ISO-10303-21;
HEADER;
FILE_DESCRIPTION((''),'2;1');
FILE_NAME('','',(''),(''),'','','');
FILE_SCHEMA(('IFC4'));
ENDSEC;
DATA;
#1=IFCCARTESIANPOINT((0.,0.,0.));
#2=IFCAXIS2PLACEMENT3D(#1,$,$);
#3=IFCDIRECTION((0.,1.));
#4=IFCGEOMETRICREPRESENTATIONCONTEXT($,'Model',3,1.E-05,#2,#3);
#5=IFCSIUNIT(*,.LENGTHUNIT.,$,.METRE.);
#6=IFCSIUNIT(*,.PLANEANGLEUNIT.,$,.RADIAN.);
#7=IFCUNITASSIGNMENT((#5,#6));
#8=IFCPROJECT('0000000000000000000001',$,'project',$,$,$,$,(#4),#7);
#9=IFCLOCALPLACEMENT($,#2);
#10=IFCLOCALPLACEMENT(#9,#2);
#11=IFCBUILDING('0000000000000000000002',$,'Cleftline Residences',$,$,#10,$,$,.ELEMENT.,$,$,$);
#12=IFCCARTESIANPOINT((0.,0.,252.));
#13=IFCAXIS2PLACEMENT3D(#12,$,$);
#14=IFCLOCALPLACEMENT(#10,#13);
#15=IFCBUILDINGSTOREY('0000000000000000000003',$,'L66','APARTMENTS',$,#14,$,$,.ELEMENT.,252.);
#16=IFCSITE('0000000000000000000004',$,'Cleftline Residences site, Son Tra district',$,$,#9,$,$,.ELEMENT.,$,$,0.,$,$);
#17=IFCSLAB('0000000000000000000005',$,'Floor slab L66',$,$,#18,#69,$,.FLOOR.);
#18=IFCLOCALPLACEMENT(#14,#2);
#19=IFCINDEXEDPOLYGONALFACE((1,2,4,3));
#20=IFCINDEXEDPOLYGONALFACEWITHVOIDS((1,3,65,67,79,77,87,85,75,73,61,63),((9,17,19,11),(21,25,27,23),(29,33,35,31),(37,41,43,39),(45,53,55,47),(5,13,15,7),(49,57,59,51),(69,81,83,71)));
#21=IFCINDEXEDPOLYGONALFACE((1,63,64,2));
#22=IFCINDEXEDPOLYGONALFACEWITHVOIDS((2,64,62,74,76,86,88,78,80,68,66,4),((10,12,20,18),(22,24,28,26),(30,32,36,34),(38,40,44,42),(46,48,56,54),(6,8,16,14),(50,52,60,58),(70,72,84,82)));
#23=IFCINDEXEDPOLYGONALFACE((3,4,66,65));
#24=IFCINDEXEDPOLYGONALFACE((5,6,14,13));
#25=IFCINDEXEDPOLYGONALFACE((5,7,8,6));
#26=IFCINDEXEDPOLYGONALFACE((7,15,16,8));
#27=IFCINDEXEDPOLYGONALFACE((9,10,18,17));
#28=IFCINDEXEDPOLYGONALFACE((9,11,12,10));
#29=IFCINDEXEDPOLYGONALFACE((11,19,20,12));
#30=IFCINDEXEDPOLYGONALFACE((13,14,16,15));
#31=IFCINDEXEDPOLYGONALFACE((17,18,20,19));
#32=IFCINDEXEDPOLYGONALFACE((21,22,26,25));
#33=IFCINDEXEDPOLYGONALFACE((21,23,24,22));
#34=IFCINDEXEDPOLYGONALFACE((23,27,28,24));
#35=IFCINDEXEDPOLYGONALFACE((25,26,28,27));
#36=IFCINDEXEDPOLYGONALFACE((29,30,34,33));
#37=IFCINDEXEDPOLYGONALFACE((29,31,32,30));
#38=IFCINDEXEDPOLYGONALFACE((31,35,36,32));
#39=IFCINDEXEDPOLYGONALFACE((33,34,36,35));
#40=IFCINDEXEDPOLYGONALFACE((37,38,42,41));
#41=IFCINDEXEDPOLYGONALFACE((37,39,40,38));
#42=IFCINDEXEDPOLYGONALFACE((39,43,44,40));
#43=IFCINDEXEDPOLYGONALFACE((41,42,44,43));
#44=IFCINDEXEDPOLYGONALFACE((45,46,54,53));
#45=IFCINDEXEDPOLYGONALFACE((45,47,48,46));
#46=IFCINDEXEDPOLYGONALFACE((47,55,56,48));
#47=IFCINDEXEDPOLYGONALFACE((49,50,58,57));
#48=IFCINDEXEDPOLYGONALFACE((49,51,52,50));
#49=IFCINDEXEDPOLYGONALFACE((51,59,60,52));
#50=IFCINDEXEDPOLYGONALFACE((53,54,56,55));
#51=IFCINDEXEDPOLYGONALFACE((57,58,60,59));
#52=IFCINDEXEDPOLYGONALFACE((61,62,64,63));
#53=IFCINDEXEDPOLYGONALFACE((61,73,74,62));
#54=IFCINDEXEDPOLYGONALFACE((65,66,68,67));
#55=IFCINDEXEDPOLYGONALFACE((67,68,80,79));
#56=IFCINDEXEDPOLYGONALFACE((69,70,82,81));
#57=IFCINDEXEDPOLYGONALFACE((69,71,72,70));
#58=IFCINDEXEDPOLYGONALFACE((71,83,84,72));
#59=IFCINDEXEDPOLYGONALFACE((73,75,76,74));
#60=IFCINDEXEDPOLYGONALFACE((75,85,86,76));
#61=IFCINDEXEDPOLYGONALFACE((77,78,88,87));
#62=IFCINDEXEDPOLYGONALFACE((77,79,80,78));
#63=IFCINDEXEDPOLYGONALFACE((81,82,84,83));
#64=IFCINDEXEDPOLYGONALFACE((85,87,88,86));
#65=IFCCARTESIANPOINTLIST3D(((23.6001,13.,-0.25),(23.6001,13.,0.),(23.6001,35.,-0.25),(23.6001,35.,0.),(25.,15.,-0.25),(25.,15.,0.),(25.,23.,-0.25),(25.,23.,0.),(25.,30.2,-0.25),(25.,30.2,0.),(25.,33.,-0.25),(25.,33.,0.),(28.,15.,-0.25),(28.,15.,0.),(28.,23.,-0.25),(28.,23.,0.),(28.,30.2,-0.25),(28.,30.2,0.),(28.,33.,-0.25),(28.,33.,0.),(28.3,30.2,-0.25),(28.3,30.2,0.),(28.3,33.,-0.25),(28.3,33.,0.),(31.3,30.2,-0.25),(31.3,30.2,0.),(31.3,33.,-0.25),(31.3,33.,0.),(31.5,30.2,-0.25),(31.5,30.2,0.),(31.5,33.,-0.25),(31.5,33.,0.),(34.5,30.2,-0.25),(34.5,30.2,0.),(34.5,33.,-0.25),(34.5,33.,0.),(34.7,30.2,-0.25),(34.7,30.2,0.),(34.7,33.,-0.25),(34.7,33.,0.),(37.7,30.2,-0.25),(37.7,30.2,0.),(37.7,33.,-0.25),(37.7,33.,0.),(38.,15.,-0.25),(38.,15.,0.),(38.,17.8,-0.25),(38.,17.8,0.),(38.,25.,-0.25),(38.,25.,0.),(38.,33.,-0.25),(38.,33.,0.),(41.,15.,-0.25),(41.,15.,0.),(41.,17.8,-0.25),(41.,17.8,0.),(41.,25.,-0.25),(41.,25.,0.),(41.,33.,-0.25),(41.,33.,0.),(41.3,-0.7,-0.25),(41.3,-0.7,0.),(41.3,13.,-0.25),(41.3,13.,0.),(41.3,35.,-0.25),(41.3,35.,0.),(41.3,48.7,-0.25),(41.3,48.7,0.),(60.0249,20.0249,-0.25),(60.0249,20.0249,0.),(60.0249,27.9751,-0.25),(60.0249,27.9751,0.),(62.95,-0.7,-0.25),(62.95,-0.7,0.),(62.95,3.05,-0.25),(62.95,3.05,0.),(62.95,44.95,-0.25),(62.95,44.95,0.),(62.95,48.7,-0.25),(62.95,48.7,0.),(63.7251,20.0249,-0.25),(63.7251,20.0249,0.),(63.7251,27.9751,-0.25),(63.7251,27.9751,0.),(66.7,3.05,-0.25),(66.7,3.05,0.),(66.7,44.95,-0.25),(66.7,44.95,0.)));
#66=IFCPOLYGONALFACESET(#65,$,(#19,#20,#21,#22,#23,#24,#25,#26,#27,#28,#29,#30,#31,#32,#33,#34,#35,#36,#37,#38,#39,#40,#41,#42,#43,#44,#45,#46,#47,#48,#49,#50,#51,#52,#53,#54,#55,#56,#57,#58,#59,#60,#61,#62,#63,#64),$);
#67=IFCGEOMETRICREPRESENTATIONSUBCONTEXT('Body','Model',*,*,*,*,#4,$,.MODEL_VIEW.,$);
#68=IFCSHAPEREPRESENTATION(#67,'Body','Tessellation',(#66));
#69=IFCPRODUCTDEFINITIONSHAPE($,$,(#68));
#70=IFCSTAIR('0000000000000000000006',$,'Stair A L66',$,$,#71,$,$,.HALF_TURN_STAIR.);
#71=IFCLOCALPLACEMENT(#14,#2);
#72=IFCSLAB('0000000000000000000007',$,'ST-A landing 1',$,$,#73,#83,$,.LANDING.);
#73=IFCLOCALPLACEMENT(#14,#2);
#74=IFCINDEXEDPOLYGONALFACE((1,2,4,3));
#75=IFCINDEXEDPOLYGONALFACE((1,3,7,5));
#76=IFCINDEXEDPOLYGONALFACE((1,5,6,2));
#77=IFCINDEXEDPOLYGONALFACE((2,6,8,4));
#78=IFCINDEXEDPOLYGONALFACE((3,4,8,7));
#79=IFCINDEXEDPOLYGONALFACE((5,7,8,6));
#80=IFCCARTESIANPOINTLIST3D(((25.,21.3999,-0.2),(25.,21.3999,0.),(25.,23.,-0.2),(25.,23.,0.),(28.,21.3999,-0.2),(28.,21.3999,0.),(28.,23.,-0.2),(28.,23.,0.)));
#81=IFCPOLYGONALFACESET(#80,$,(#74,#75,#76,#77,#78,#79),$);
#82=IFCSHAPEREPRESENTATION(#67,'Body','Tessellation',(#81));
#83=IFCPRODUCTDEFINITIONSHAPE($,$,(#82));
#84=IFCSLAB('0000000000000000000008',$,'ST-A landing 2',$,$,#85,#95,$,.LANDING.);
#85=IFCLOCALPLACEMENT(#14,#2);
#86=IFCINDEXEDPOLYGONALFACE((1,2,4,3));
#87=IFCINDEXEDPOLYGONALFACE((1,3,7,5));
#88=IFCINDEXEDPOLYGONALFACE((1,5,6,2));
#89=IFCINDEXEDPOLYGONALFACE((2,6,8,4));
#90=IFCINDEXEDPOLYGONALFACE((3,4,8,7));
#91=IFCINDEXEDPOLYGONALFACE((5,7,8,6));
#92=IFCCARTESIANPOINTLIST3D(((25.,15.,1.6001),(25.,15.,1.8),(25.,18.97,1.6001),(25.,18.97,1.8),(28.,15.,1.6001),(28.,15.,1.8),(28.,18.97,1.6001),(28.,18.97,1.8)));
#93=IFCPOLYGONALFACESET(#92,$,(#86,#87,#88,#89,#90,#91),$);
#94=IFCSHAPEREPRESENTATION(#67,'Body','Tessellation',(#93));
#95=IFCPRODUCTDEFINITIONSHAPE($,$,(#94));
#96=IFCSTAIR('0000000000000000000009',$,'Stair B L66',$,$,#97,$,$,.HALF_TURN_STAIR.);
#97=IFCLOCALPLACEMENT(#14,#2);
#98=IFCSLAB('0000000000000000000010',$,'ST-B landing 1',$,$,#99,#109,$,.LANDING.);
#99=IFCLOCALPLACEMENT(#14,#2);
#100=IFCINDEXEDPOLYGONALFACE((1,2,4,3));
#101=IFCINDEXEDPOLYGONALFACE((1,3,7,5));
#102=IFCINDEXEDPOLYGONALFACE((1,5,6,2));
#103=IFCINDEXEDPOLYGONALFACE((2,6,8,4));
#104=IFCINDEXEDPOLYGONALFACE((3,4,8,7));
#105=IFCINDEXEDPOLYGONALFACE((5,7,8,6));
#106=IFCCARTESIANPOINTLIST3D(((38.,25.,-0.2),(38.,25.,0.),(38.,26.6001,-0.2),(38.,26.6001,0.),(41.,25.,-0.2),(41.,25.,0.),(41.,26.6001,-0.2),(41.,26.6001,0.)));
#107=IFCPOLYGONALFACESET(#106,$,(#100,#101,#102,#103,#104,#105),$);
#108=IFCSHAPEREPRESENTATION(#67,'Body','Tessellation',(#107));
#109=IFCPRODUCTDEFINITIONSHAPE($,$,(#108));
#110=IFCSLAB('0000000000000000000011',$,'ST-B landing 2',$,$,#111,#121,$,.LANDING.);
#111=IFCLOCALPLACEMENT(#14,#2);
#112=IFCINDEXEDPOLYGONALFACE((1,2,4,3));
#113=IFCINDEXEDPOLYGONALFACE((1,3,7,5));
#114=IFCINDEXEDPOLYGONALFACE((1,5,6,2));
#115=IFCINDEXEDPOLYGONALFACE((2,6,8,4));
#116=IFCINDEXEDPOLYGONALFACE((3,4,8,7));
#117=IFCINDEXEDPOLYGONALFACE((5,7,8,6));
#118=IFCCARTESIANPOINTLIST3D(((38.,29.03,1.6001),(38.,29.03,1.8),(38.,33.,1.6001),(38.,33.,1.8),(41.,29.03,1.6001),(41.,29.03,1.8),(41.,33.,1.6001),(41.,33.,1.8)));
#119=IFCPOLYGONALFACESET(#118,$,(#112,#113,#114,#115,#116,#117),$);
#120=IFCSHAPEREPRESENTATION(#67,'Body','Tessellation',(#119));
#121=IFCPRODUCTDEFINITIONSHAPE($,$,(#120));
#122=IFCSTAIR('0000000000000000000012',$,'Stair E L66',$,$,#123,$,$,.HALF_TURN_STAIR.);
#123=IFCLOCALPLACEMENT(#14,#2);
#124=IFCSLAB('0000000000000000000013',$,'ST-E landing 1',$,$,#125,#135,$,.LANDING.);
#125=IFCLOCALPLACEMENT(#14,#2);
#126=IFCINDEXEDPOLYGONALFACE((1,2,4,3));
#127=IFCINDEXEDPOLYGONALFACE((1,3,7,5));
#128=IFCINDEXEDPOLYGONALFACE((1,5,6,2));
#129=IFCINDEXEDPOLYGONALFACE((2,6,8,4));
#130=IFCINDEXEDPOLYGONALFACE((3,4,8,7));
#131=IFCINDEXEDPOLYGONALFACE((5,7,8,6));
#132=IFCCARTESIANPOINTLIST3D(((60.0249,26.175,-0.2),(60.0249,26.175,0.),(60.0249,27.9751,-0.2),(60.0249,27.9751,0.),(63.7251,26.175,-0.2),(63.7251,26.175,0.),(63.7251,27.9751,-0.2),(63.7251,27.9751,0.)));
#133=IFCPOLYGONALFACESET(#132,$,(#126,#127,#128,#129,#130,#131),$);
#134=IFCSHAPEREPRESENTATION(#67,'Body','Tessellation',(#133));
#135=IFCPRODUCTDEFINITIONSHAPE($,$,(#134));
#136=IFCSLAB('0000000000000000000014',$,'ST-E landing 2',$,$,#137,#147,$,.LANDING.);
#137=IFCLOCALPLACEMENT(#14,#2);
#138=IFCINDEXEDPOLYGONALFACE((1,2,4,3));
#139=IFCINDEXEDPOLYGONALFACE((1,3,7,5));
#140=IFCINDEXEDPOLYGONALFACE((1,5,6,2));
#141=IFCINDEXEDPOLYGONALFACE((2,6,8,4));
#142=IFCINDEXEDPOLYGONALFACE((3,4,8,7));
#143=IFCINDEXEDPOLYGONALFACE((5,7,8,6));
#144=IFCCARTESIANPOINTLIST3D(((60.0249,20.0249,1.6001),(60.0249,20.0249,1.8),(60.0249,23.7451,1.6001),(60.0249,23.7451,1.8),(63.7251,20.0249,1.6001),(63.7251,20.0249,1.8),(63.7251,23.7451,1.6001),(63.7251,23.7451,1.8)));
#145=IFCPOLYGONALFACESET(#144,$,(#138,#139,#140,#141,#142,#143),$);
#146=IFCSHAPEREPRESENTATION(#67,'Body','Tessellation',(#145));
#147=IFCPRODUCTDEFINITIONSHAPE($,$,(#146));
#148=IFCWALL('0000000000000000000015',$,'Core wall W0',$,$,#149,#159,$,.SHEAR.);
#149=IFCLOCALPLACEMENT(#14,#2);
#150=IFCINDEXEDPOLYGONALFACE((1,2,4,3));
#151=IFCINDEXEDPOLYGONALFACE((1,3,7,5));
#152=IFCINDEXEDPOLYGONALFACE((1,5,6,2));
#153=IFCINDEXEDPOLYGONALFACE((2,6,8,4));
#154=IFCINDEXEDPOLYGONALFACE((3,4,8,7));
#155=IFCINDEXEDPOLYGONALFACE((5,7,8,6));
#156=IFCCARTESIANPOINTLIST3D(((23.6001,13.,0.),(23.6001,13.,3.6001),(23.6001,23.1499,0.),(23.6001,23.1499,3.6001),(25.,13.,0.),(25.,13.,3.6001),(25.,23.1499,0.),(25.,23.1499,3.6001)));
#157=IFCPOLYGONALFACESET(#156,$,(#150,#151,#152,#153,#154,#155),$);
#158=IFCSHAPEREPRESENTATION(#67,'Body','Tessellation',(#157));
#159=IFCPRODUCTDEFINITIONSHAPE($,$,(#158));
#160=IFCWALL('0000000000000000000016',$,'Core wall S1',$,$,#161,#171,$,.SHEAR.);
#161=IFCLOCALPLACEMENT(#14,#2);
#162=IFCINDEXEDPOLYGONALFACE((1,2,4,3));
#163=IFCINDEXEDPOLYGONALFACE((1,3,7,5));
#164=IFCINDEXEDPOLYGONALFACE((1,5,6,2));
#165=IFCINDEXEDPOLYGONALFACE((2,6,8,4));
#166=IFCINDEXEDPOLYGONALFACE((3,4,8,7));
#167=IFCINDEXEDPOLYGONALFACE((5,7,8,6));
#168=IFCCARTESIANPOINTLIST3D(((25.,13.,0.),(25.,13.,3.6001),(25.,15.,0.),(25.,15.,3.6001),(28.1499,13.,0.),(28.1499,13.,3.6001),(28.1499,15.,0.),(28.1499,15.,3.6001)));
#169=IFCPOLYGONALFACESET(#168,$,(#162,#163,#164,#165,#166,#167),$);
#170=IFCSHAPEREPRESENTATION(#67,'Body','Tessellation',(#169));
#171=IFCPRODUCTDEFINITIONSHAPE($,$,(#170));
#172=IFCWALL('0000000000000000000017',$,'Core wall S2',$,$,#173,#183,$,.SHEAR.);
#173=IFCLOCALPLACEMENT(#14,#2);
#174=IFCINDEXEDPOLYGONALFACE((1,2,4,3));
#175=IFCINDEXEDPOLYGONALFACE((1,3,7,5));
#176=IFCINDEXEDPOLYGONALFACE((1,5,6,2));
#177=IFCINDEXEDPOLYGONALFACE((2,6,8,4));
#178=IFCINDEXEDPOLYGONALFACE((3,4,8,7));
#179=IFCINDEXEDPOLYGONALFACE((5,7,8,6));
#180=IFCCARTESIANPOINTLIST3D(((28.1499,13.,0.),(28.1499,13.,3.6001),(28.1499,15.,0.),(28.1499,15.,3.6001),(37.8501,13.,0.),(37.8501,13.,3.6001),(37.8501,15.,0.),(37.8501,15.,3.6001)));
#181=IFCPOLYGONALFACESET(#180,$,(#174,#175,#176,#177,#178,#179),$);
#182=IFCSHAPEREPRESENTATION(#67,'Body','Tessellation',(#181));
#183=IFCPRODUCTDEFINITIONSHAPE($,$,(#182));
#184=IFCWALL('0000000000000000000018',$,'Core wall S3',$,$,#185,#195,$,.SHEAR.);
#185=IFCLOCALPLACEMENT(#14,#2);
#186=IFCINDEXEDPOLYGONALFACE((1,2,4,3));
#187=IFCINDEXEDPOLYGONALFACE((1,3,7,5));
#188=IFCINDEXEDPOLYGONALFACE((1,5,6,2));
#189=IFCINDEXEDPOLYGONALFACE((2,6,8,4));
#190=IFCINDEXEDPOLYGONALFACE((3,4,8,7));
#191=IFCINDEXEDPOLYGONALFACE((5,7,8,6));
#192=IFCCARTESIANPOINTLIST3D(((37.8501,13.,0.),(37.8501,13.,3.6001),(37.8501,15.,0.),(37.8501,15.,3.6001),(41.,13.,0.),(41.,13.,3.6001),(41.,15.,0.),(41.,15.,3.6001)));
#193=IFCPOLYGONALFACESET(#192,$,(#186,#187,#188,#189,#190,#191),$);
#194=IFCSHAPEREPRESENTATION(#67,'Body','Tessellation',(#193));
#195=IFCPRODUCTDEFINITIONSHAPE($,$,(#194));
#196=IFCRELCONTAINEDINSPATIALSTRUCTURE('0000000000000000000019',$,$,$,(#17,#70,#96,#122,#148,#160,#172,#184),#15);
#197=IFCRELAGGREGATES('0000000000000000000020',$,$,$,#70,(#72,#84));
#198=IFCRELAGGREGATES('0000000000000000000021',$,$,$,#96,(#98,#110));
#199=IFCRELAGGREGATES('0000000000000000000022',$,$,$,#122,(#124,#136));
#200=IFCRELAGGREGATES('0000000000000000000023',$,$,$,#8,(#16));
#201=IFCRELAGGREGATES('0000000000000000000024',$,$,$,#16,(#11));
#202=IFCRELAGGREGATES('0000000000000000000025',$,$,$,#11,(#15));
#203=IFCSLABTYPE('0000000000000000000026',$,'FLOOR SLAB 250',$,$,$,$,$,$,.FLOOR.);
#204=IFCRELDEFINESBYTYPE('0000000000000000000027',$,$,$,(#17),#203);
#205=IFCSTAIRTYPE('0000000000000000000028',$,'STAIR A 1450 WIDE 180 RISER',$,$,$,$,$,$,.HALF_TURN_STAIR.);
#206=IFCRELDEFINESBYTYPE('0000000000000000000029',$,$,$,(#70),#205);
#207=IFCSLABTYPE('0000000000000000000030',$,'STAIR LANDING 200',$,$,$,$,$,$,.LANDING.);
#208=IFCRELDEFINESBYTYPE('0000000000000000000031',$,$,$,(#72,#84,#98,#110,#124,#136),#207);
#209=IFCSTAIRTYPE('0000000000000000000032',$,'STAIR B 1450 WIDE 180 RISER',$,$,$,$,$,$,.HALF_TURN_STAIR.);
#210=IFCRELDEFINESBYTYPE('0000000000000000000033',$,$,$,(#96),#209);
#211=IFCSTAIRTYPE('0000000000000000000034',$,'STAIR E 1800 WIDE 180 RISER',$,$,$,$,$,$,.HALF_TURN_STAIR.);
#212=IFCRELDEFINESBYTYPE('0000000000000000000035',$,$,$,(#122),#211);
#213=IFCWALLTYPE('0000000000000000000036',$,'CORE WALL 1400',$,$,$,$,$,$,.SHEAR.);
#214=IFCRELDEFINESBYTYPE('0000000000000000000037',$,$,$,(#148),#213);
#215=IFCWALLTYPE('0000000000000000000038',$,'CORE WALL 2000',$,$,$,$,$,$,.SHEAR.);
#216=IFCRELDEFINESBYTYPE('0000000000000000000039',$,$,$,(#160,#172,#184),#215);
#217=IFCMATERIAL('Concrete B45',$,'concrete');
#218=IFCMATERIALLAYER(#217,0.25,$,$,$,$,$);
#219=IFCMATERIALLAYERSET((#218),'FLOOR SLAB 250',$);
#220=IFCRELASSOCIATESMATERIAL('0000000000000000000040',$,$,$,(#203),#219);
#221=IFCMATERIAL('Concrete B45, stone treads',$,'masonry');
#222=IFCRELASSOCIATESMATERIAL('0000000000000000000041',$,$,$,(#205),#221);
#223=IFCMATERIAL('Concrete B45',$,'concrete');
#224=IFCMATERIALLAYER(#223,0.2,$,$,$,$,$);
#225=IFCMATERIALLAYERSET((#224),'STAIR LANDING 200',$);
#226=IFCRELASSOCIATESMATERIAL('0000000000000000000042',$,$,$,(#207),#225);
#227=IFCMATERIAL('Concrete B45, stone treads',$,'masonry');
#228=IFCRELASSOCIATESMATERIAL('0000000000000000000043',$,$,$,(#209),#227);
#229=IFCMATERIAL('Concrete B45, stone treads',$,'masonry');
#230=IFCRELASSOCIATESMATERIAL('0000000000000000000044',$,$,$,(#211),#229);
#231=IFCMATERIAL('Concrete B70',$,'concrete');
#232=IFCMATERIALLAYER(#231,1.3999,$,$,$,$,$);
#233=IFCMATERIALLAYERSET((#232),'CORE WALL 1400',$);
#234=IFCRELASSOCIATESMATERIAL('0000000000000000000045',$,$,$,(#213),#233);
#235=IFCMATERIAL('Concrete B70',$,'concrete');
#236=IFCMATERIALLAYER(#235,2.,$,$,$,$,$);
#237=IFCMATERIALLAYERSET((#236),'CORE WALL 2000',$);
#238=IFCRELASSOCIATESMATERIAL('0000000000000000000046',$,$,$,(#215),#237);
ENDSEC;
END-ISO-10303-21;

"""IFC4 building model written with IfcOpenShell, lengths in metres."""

from ifc_helpers import new_model, si_unit, direction, frame, frame_2d, origin, place, context, subcontext, project, spatial, polyline, rectangle, outline, extrude, material, layer, layer_set, type_object, element, aggregate, save


model = new_model("IFC4")

# Units and contexts
model_context = context("Model", 3, precision=1e-05, world=origin(), true_north=direction((0.0, 1.0)))
body_context = subcontext(model_context, "Body", "Model", "MODEL_VIEW")
ifc_project = project(units=[si_unit("LENGTHUNIT", "METRE"), si_unit("PLANEANGLEUNIT", "RADIAN")], contexts=[model_context])

# Site, building, storey
site_placement = place(None, origin())
site = spatial("IfcSite", under=ifc_project, at=site_placement, Name="Cleftline Residences site, Son Tra district", CompositionType="ELEMENT", RefElevation=0.0)
building_placement = place(site_placement, origin())
building = spatial("IfcBuilding", under=site, at=building_placement, Name="Cleftline Residences", CompositionType="ELEMENT")
storey_placement = place(building_placement, frame((0.0, 0.0, 252.0)))
storey = spatial("IfcBuildingStorey", under=building, at=storey_placement, Name="L66", Description="APARTMENTS", CompositionType="ELEMENT", Elevation=252.0)

# Slab
ifc_material_1 = material(Name="Concrete B45", Category="concrete")
ifc_layer_1 = layer(ifc_material_1, 0.25)
ifc_layer_set_1 = layer_set([ifc_layer_1], Name="FLOOR SLAB 250")
slab_type_1 = type_object("IfcSlabType", Name="FLOOR SLAB 250", PredefinedType="FLOOR", material=ifc_layer_set_1)
slab_1_placement = place(storey_placement, frame((0.0, 0.0, -0.25)))
element("IfcSlab", 1, at=slab_1_placement, inside=storey, type_object=slab_type_1, Name="Floor slab L66", PredefinedType="FLOOR", context=body_context, shape_type="SweptSolid", body=[
    extrude(outline(polyline([(41.3, 13.0), (41.3, -0.7), (62.95, -0.7), (62.95, 3.05), (66.7, 3.05), (66.7, 44.95), (62.95, 44.95), (62.95, 48.7), (41.3, 48.7), (41.3, 35.0), (23.6001, 35.0), (23.6001, 13.0), (41.3, 13.0)]), holes=[polyline([(28.0, 15.0), (28.0, 23.0), (25.0, 23.0), (25.0, 15.0), (28.0, 15.0)]), polyline([(41.0, 25.0), (41.0, 33.0), (38.0, 33.0), (38.0, 25.0), (41.0, 25.0)]), polyline([(28.0, 30.2), (28.0, 33.0), (25.0, 33.0), (25.0, 30.2), (28.0, 30.2)]), polyline([(41.0, 15.0), (41.0, 17.8), (38.0, 17.8), (38.0, 15.0), (41.0, 15.0)]), polyline([(31.3, 30.2), (31.3, 33.0), (28.3, 33.0), (28.3, 30.2), (31.3, 30.2)]), polyline([(34.5, 30.2), (34.5, 33.0), (31.5, 33.0), (31.5, 30.2), (34.5, 30.2)]), polyline([(37.7, 30.2), (37.7, 33.0), (34.7, 33.0), (34.7, 30.2), (37.7, 30.2)]), polyline([(63.7251, 20.0249), (63.7251, 27.9751), (60.0249, 27.9751), (60.0249, 20.0249), (63.7251, 20.0249)])]), origin(), (0.0, 0.0, 1.0), 0.25),
])

# Stairs, slabs
ifc_material_2 = material(Name="Concrete B45, stone treads", Category="masonry")
stair_type_1 = type_object("IfcStairType", Name="STAIR A 1450 WIDE 180 RISER", PredefinedType="HALF_TURN_STAIR", material=ifc_material_2)
stair_1_placement = place(storey_placement, origin())
stair_1 = element("IfcStair", 2, at=stair_1_placement, inside=storey, type_object=stair_type_1, Name="Stair A L66", PredefinedType="HALF_TURN_STAIR")
ifc_material_3 = material(Name="Concrete B45", Category="concrete")
ifc_layer_2 = layer(ifc_material_3, 0.2)
ifc_layer_set_2 = layer_set([ifc_layer_2], Name="STAIR LANDING 200")
slab_type_2 = type_object("IfcSlabType", Name="STAIR LANDING 200", PredefinedType="LANDING", material=ifc_layer_set_2)
slab_2_placement = place(storey_placement, frame((0.0, 0.0, -0.2)))
slab_2 = element("IfcSlab", 3, at=slab_2_placement, type_object=slab_type_2, Name="ST-A landing 1", PredefinedType="LANDING", context=body_context, shape_type="SweptSolid", body=[
    extrude(outline(polyline([(25.0, 21.3999), (28.0, 21.3999), (28.0, 23.0), (25.0, 23.0), (25.0, 21.3999)])), origin(), (0.0, 0.0, 1.0), 0.2),
])
slab_3_placement = place(storey_placement, frame((0.0, 0.0, 1.6001)))
slab_3 = element("IfcSlab", 4, at=slab_3_placement, type_object=slab_type_2, Name="ST-A landing 2", PredefinedType="LANDING", context=body_context, shape_type="SweptSolid", body=[
    extrude(outline(polyline([(25.0, 15.0), (28.0, 15.0), (28.0, 18.97), (25.0, 18.97), (25.0, 15.0)])), origin(), (0.0, 0.0, 1.0), 0.2),
])
aggregate(stair_1, [slab_2, slab_3])
ifc_material_4 = material(Name="Concrete B45, stone treads", Category="masonry")
stair_type_2 = type_object("IfcStairType", Name="STAIR B 1450 WIDE 180 RISER", PredefinedType="HALF_TURN_STAIR", material=ifc_material_4)
stair_2_placement = place(storey_placement, origin())
stair_2 = element("IfcStair", 5, at=stair_2_placement, inside=storey, type_object=stair_type_2, Name="Stair B L66", PredefinedType="HALF_TURN_STAIR")
slab_4_placement = place(storey_placement, frame((0.0, 0.0, -0.2)))
slab_4 = element("IfcSlab", 6, at=slab_4_placement, type_object=slab_type_2, Name="ST-B landing 1", PredefinedType="LANDING", context=body_context, shape_type="SweptSolid", body=[
    extrude(outline(polyline([(38.0, 25.0), (41.0, 25.0), (41.0, 26.6001), (38.0, 26.6001), (38.0, 25.0)])), origin(), (0.0, 0.0, 1.0), 0.2),
])
slab_5_placement = place(storey_placement, frame((0.0, 0.0, 1.6001)))
slab_5 = element("IfcSlab", 7, at=slab_5_placement, type_object=slab_type_2, Name="ST-B landing 2", PredefinedType="LANDING", context=body_context, shape_type="SweptSolid", body=[
    extrude(outline(polyline([(38.0, 29.03), (41.0, 29.03), (41.0, 33.0), (38.0, 33.0), (38.0, 29.03)])), origin(), (0.0, 0.0, 1.0), 0.2),
])
aggregate(stair_2, [slab_4, slab_5])
ifc_material_5 = material(Name="Concrete B45, stone treads", Category="masonry")
stair_type_3 = type_object("IfcStairType", Name="STAIR E 1800 WIDE 180 RISER", PredefinedType="HALF_TURN_STAIR", material=ifc_material_5)
stair_3_placement = place(storey_placement, origin())
stair_3 = element("IfcStair", 8, at=stair_3_placement, inside=storey, type_object=stair_type_3, Name="Stair E L66", PredefinedType="HALF_TURN_STAIR")
slab_6_placement = place(storey_placement, frame((0.0, 0.0, -0.2)))
slab_6 = element("IfcSlab", 9, at=slab_6_placement, type_object=slab_type_2, Name="ST-E landing 1", PredefinedType="LANDING", context=body_context, shape_type="SweptSolid", body=[
    extrude(outline(polyline([(60.0249, 26.175), (63.7251, 26.175), (63.7251, 27.9751), (60.0249, 27.9751), (60.0249, 26.175)])), origin(), (0.0, 0.0, 1.0), 0.2),
])
slab_7_placement = place(storey_placement, frame((0.0, 0.0, 1.6001)))
slab_7 = element("IfcSlab", 10, at=slab_7_placement, type_object=slab_type_2, Name="ST-E landing 2", PredefinedType="LANDING", context=body_context, shape_type="SweptSolid", body=[
    extrude(outline(polyline([(60.0249, 20.0249), (63.7251, 20.0249), (63.7251, 23.7451), (60.0249, 23.7451), (60.0249, 20.0249)])), origin(), (0.0, 0.0, 1.0), 0.2),
])
aggregate(stair_3, [slab_6, slab_7])

# Walls
ifc_material_6 = material(Name="Concrete B70", Category="concrete")
ifc_layer_3 = layer(ifc_material_6, 1.3999)
ifc_layer_set_3 = layer_set([ifc_layer_3], Name="CORE WALL 1400")
wall_type_1 = type_object("IfcWallType", Name="CORE WALL 1400", PredefinedType="SHEAR", material=ifc_layer_set_3)
wall_1_placement = place(storey_placement, frame((24.3, 13.0, 0.0), z_axis=(0.0, 0.0, 1.0), x_axis=(0.0, 1.0, 0.0)))
element("IfcWall", 11, at=wall_1_placement, inside=storey, type_object=wall_type_1, Name="Core wall W0", PredefinedType="SHEAR", context=body_context, shape_type="SweptSolid", body=[
    extrude(rectangle(XDim=10.1499, YDim=1.3999, at=frame_2d((5.075, 0.0))), origin(), (0.0, 0.0, 1.0), 3.6001),
])
ifc_material_7 = material(Name="Concrete B70", Category="concrete")
ifc_layer_4 = layer(ifc_material_7, 2.0)
ifc_layer_set_4 = layer_set([ifc_layer_4], Name="CORE WALL 2000")
wall_type_2 = type_object("IfcWallType", Name="CORE WALL 2000", PredefinedType="SHEAR", material=ifc_layer_set_4)
wall_2_placement = place(storey_placement, frame((25.0, 14.0, 0.0), z_axis=(0.0, 0.0, 1.0), x_axis=(1.0, 0.0, 0.0)))
element("IfcWall", 12, at=wall_2_placement, inside=storey, type_object=wall_type_2, Name="Core wall S1", PredefinedType="SHEAR", context=body_context, shape_type="SweptSolid", body=[
    extrude(rectangle(XDim=3.1499, YDim=2.0, at=frame_2d((1.575, 0.0))), origin(), (0.0, 0.0, 1.0), 3.6001),
])
wall_3_placement = place(storey_placement, frame((28.1499, 14.0, 0.0), z_axis=(0.0, 0.0, 1.0), x_axis=(1.0, 0.0, 0.0)))
element("IfcWall", 13, at=wall_3_placement, inside=storey, type_object=wall_type_2, Name="Core wall S2", PredefinedType="SHEAR", context=body_context, shape_type="SweptSolid", body=[
    extrude(rectangle(XDim=9.7002, YDim=2.0, at=frame_2d((4.8501, 0.0))), origin(), (0.0, 0.0, 1.0), 3.6001),
])
wall_4_placement = place(storey_placement, frame((37.8501, 14.0, 0.0), z_axis=(0.0, 0.0, 1.0), x_axis=(1.0, 0.0, 0.0)))
element("IfcWall", 14, at=wall_4_placement, inside=storey, type_object=wall_type_2, Name="Core wall S3", PredefinedType="SHEAR", context=body_context, shape_type="SweptSolid", body=[
    extrude(rectangle(XDim=3.1499, YDim=2.0, at=frame_2d((1.575, 0.0))), origin(), (0.0, 0.0, 1.0), 3.6001),
])

save(model, "model.ifc")
